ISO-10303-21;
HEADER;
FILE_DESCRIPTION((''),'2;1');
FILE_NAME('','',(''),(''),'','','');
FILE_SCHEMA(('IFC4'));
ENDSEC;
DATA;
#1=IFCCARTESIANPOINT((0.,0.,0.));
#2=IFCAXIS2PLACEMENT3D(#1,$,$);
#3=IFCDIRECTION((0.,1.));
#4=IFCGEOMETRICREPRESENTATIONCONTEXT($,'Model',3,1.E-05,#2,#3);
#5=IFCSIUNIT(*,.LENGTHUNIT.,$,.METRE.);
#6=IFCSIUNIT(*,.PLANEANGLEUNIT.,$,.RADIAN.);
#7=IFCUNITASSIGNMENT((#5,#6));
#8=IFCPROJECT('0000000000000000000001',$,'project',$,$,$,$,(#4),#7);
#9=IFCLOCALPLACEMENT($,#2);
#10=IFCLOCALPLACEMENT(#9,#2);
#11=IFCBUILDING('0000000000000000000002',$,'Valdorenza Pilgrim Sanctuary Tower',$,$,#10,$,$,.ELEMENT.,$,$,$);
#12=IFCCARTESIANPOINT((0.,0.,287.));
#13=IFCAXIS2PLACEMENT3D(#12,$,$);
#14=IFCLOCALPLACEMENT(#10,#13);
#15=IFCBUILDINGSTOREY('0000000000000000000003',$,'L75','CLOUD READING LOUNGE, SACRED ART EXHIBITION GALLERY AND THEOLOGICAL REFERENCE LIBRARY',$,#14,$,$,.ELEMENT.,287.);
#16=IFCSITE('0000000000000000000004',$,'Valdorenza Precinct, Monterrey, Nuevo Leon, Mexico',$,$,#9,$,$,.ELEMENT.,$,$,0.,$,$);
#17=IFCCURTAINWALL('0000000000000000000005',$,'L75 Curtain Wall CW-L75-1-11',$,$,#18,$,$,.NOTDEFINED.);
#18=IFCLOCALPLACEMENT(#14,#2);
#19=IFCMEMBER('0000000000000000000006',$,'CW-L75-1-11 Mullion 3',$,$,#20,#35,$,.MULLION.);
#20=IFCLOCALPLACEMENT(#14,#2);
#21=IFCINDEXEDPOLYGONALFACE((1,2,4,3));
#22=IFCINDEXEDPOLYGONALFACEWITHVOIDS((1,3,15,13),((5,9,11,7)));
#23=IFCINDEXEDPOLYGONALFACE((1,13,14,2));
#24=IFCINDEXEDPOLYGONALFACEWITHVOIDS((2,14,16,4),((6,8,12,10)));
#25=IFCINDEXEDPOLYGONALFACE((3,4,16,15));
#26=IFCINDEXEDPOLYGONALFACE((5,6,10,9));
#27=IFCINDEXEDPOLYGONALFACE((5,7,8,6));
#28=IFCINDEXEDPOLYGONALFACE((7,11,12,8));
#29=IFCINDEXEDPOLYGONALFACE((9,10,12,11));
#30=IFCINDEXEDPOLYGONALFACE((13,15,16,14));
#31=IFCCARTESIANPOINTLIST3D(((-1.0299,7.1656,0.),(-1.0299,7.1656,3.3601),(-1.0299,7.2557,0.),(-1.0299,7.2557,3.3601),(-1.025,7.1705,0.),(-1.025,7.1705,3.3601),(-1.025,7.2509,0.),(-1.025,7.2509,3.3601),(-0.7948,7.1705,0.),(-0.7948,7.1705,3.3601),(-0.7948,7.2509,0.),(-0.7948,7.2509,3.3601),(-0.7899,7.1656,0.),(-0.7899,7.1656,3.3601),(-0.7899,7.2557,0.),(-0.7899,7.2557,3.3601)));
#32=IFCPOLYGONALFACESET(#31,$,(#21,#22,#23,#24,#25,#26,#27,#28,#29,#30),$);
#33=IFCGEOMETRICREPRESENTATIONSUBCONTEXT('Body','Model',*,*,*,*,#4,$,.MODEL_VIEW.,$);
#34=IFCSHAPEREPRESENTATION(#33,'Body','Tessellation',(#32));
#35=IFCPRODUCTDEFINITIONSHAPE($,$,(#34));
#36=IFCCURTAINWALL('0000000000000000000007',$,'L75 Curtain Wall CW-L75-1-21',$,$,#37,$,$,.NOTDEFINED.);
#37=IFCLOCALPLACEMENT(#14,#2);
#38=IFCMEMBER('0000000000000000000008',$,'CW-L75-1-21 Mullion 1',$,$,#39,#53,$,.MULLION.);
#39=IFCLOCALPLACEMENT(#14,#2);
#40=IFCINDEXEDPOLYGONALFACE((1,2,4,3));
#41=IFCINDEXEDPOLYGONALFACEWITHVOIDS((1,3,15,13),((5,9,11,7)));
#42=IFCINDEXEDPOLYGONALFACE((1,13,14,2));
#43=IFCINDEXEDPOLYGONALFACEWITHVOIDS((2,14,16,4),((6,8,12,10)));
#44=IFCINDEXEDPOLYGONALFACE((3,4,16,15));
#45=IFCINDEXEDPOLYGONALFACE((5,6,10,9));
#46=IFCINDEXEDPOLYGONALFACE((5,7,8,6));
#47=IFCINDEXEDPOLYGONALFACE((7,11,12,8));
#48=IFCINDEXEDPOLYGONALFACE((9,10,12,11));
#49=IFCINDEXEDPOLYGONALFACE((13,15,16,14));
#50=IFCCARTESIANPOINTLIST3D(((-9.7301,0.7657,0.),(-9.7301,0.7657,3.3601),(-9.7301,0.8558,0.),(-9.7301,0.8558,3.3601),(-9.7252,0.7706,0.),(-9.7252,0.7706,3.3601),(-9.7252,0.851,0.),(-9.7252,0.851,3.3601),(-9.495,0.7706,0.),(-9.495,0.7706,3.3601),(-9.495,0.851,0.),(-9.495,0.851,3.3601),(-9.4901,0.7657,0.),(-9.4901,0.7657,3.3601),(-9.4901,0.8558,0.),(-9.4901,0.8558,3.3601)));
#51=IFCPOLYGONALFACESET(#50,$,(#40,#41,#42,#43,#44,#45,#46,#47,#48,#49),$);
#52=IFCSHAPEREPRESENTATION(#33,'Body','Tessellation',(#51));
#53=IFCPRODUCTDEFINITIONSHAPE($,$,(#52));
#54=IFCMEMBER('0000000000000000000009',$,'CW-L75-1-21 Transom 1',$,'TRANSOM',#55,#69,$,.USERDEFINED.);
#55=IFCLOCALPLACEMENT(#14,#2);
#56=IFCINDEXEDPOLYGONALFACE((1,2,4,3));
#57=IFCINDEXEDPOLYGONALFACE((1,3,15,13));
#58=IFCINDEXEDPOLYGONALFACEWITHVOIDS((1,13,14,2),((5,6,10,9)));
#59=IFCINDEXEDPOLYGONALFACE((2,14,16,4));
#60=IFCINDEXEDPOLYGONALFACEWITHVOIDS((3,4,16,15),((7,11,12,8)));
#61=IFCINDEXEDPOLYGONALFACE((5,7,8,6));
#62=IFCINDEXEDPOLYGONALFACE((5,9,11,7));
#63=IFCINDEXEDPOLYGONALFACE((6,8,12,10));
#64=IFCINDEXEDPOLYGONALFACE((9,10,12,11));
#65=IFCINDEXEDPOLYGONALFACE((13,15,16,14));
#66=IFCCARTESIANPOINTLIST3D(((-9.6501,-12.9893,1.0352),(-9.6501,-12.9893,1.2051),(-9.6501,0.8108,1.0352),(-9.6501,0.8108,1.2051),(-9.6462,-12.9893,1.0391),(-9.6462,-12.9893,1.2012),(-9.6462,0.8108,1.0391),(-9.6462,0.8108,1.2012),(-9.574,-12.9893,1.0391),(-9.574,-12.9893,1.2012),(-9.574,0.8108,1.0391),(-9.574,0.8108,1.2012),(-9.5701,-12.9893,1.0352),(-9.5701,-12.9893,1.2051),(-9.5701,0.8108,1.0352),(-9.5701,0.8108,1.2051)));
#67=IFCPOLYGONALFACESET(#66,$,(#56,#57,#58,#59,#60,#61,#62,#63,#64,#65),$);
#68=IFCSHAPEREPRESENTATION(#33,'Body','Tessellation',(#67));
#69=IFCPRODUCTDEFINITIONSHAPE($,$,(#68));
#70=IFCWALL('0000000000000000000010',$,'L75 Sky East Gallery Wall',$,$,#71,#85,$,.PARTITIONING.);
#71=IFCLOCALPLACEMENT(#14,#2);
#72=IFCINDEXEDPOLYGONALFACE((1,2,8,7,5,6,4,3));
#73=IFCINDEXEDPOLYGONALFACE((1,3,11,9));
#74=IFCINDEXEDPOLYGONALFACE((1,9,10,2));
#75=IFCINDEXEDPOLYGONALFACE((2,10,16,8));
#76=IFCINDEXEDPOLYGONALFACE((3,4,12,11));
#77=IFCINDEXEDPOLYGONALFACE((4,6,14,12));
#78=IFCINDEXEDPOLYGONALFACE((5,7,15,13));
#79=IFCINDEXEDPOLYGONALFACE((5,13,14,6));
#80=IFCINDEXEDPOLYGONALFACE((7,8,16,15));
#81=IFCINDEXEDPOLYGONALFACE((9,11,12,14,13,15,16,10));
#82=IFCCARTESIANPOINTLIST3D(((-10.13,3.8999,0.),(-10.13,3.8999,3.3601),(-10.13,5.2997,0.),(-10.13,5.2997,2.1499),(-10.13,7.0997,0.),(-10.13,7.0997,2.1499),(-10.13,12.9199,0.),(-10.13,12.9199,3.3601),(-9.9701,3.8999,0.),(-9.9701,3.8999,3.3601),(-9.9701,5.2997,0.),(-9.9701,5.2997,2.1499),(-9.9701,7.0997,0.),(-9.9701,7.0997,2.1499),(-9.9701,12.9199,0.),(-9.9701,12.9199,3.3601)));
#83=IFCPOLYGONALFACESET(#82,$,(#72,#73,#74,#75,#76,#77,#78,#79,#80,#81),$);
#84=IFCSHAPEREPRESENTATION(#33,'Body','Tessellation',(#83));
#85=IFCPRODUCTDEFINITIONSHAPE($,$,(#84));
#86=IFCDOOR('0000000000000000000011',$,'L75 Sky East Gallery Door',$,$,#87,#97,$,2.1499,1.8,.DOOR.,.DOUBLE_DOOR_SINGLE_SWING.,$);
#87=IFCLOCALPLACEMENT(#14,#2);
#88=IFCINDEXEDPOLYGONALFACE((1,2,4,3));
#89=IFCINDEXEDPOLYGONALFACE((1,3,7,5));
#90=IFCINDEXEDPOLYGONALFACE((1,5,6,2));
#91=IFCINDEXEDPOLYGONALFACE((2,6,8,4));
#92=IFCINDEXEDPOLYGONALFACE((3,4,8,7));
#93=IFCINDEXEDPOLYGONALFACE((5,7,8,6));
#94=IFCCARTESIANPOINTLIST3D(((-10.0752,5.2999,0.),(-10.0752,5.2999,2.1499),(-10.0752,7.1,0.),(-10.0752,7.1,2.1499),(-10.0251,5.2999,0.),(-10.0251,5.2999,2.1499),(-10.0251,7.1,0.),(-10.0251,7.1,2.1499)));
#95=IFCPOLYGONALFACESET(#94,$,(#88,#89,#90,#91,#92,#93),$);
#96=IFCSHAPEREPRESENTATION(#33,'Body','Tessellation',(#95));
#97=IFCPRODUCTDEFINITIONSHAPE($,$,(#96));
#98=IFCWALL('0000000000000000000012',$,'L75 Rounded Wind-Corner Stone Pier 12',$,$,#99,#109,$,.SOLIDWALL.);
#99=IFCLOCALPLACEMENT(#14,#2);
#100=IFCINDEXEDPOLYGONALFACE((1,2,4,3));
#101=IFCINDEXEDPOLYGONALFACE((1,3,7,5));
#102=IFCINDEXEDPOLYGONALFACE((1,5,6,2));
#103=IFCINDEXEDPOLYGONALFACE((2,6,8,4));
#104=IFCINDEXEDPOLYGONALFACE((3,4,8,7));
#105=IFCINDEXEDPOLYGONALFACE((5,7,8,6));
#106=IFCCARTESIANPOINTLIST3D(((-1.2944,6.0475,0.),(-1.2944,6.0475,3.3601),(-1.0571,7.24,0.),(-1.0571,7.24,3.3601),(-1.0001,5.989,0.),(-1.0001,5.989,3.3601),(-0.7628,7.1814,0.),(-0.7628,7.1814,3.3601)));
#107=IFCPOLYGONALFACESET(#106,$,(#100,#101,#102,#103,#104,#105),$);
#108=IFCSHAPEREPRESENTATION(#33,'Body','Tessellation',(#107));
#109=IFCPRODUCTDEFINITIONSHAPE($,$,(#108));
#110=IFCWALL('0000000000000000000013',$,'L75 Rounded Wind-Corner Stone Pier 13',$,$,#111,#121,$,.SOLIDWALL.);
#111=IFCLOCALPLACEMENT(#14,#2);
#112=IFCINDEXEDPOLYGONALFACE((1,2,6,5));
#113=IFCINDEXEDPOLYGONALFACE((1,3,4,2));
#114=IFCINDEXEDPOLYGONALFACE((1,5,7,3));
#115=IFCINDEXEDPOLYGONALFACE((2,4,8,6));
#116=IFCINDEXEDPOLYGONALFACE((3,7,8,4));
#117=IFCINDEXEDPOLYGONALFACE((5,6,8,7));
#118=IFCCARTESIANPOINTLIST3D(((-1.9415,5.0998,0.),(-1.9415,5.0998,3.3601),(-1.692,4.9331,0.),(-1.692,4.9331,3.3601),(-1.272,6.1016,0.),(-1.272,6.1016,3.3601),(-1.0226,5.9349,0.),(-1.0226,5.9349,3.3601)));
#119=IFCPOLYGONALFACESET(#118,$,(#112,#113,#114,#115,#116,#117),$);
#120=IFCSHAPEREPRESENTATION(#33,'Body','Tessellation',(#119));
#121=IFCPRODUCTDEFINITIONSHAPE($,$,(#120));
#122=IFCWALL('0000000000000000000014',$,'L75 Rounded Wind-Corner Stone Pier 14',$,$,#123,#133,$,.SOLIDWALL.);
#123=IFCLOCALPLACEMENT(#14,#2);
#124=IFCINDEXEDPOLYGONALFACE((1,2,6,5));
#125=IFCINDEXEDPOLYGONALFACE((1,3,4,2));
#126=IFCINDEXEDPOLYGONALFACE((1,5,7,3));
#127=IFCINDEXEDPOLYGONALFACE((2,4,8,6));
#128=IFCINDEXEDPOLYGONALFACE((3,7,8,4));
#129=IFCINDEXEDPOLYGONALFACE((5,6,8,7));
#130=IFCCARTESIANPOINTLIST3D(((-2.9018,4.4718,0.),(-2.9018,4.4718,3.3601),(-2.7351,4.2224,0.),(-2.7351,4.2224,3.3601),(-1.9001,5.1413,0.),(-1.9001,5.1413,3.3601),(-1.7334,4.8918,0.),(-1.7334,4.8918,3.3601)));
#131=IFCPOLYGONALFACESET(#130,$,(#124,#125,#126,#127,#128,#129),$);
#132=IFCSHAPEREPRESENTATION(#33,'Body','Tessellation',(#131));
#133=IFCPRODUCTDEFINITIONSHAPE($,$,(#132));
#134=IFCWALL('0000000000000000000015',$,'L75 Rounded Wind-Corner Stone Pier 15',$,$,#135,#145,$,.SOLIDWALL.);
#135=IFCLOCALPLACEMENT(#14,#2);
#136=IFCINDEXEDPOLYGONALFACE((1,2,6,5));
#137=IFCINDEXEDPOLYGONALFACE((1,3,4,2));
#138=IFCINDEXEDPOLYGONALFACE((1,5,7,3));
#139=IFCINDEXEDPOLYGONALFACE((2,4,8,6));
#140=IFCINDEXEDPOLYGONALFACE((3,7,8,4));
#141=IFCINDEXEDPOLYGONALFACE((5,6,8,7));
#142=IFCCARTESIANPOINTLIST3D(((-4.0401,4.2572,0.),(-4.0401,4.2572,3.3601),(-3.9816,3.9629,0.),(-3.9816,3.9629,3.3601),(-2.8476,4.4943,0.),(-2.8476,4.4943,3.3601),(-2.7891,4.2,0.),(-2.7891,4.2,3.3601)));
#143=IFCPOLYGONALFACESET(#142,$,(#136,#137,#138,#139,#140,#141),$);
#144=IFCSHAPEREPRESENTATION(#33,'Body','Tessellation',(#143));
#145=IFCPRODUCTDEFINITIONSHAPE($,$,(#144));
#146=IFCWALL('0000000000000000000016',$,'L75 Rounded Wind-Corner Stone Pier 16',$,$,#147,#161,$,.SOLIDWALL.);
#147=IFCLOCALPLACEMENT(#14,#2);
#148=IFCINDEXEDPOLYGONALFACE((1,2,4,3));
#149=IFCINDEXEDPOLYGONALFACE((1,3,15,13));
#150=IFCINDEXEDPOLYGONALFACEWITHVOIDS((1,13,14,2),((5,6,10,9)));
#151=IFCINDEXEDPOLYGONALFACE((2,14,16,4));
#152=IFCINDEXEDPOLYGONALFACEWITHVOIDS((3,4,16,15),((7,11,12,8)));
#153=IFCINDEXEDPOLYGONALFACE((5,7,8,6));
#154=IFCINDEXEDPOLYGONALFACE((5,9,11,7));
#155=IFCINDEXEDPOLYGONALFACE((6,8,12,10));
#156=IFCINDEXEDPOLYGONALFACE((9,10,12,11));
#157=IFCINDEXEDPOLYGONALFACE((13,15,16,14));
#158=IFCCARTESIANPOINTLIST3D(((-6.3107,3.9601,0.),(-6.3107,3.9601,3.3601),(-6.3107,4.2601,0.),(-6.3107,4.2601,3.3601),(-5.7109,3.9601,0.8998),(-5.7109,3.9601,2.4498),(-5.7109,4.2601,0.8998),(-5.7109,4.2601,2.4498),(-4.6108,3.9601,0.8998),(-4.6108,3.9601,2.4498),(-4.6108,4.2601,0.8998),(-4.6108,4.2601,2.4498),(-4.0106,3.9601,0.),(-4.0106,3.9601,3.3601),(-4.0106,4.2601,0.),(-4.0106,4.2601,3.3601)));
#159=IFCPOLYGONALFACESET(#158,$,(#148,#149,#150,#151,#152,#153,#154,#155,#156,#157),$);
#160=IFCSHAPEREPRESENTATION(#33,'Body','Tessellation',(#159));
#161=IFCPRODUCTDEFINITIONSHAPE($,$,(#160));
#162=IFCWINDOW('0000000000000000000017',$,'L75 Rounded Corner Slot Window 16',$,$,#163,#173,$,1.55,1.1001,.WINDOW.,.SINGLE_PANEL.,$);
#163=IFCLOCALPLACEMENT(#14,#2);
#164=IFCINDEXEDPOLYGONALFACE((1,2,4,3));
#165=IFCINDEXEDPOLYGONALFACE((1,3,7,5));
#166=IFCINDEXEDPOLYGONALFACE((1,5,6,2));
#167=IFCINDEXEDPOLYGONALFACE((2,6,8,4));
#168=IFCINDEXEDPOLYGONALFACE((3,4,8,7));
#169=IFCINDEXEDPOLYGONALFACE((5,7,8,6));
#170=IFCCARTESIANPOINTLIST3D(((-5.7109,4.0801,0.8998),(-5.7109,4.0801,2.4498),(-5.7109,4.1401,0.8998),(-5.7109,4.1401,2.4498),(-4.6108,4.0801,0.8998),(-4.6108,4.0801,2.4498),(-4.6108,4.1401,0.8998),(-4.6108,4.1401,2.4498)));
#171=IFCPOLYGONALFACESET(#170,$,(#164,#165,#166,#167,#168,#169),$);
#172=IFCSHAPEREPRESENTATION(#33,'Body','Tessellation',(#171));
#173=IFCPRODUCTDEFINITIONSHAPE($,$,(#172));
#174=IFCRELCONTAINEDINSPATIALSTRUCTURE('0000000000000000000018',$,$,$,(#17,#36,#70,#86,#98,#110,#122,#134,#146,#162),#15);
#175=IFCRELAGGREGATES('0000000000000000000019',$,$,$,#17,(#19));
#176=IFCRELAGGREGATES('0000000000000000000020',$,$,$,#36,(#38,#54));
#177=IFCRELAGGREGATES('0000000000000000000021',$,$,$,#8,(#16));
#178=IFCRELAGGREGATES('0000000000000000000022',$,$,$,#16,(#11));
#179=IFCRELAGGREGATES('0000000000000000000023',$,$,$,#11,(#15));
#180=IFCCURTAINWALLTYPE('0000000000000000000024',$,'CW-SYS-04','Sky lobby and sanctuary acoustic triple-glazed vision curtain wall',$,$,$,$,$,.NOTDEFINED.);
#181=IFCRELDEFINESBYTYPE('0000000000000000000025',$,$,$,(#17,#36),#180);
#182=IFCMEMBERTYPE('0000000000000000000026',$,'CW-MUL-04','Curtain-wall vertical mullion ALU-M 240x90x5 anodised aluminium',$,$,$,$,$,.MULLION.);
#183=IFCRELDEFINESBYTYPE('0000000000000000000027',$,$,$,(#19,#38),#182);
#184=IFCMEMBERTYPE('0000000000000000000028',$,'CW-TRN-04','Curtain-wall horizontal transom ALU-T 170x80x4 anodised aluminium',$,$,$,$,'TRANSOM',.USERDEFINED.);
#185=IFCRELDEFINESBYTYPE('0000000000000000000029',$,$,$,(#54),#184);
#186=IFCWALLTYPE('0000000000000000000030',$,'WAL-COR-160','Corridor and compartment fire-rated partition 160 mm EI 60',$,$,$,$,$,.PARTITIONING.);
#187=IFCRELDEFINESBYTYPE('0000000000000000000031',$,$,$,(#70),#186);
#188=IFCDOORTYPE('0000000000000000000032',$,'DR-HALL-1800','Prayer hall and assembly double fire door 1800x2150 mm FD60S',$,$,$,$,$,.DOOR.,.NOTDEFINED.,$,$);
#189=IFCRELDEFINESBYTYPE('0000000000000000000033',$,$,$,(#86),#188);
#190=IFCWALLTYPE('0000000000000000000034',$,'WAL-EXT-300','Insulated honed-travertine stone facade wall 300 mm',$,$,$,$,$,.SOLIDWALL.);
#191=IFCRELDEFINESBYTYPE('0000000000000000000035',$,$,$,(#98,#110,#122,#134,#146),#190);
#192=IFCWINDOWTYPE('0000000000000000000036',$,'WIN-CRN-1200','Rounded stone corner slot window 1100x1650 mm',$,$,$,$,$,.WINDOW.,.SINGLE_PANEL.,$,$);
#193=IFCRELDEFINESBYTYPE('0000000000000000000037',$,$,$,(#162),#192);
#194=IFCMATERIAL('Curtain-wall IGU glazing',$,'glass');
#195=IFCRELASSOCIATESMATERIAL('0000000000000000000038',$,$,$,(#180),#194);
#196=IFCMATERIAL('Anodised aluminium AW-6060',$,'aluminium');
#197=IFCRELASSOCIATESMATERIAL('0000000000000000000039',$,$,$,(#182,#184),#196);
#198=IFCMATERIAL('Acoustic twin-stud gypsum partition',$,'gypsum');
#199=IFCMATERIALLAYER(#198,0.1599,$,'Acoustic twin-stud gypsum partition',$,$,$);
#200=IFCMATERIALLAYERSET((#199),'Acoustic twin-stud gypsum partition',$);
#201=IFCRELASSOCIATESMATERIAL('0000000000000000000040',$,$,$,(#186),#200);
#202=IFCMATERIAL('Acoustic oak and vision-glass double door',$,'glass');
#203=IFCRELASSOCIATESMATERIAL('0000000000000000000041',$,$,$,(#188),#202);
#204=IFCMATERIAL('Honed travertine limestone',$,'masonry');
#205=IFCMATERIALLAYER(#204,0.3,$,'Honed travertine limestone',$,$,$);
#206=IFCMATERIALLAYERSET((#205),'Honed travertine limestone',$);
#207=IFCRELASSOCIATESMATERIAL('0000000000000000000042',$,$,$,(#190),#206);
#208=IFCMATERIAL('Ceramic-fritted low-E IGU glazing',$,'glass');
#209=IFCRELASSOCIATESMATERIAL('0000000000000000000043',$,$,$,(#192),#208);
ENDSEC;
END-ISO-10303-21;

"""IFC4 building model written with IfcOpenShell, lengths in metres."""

from ifc_helpers import new_model, si_unit, direction, frame, frame_2d, origin, origin_2d, place, context, subcontext, project, spatial, rectangle, hollow_rectangle, extrude, source, transform, mapped, material, layer, layer_set, material_profile, profile_set, type_object, element, fill, aggregate, save


model = new_model("IFC4")

# Units and contexts
model_context = context("Model", 3, precision=1e-05, world=origin(), true_north=direction((0.0, 1.0)))
body_context = subcontext(model_context, "Body", "Model", "MODEL_VIEW")
ifc_project = project(units=[si_unit("LENGTHUNIT", "METRE"), si_unit("PLANEANGLEUNIT", "RADIAN")], contexts=[model_context])

# Site, building, storey
site_placement = place(None, origin())
site = spatial("IfcSite", under=ifc_project, at=site_placement, Name="Valdorenza Precinct, Monterrey, Nuevo Leon, Mexico", CompositionType="ELEMENT", RefElevation=0.0)
building_placement = place(site_placement, origin())
building = spatial("IfcBuilding", under=site, at=building_placement, Name="Valdorenza Pilgrim Sanctuary Tower", CompositionType="ELEMENT")
storey_placement = place(building_placement, frame((0.0, 0.0, 287.0)))
storey = spatial("IfcBuildingStorey", under=building, at=storey_placement, Name="L75", Description="CLOUD READING LOUNGE, SACRED ART EXHIBITION GALLERY AND THEOLOGICAL REFERENCE LIBRARY", CompositionType="ELEMENT", Elevation=287.0)

# Curtain wall, member
ifc_material_1 = material(Name="Curtain-wall IGU glazing", Category="glass")
curtain_wall_type = type_object("IfcCurtainWallType", Name="CW-SYS-04", Description="Sky lobby and sanctuary acoustic triple-glazed vision curtain wall", PredefinedType="NOTDEFINED", material=ifc_material_1)
curtain_wall_1_placement = place(storey_placement, origin())
curtain_wall_1 = element("IfcCurtainWall", 1, at=curtain_wall_1_placement, inside=storey, type_object=curtain_wall_type, Name="L75 Curtain Wall CW-L75-1-11", PredefinedType="NOTDEFINED")
ifc_material_2 = material(Name="Anodised aluminium AW-6060", Category="aluminium")
ifc_material_profile_1 = material_profile(ifc_material_2, hollow_rectangle(XDim=0.0901, YDim=0.24, WallThickness=0.0049, at=origin_2d()), Name="ALU-M 240x90x5")
ifc_profile_set_1 = profile_set([ifc_material_profile_1], Name="Anodised aluminium AW-6060")
member_type_1 = type_object("IfcMemberType", Name="CW-MUL-04", Description="Curtain-wall vertical mullion ALU-M 240x90x5 anodised aluminium", PredefinedType="MULLION", material=ifc_profile_set_1)
shared_shape_1 = source(origin(), body_context, "Body", "SweptSolid", [
    extrude(hollow_rectangle(XDim=0.0901, YDim=0.24, WallThickness=0.0049, at=origin_2d()), origin(), (0.0, 0.0, 1.0), 3.3601),
])
member_1_placement = place(storey_placement, frame((-0.9099, 7.2107, 0.0), z_axis=(0.0, 0.0, 1.0), x_axis=(0.0, -1.0, 0.0)))
member_1 = element("IfcMember", 2, at=member_1_placement, type_object=member_type_1, Name="CW-L75-1-11 Mullion 3", PredefinedType="MULLION", context=body_context, shape_type="MappedRepresentation", body=[
    mapped(shared_shape_1, transform((0.0, 0.0, 0.0), x_axis=(1.0, 0.0, 0.0), y_axis=(0.0, 1.0, 0.0), z_axis=(0.0, 0.0, 1.0), scale=1.0)),
])
aggregate(curtain_wall_1, [member_1])

# Curtain wall, members
curtain_wall_2_placement = place(storey_placement, origin())
curtain_wall_2 = element("IfcCurtainWall", 3, at=curtain_wall_2_placement, inside=storey, type_object=curtain_wall_type, Name="L75 Curtain Wall CW-L75-1-21", PredefinedType="NOTDEFINED")
member_2_placement = place(storey_placement, frame((-9.6101, 0.8108, 0.0), z_axis=(0.0, 0.0, 1.0), x_axis=(0.0, -1.0, 0.0)))
member_2 = element("IfcMember", 4, at=member_2_placement, type_object=member_type_1, Name="CW-L75-1-21 Mullion 1", PredefinedType="MULLION", context=body_context, shape_type="MappedRepresentation", body=[
    mapped(shared_shape_1, transform((0.0, 0.0, 0.0), x_axis=(1.0, 0.0, 0.0), y_axis=(0.0, 1.0, 0.0), z_axis=(0.0, 0.0, 1.0), scale=1.0)),
])
ifc_material_profile_2 = material_profile(ifc_material_2, hollow_rectangle(XDim=0.0801, YDim=0.1699, WallThickness=0.0039, at=origin_2d()), Name="ALU-T 170x80x4")
ifc_profile_set_2 = profile_set([ifc_material_profile_2], Name="Anodised aluminium AW-6060")
member_type_2 = type_object("IfcMemberType", Name="CW-TRN-04", Description="Curtain-wall horizontal transom ALU-T 170x80x4 anodised aluminium", ElementType="TRANSOM", PredefinedType="USERDEFINED", material=ifc_profile_set_2)
shared_shape_2 = source(origin(), body_context, "Body", "SweptSolid", [
    extrude(hollow_rectangle(XDim=0.0801, YDim=0.1699, WallThickness=0.0039, at=origin_2d()), origin(), (0.0, 0.0, 1.0), 13.8),
])
member_3_placement = place(storey_placement, frame((-9.6101, 0.8108, 1.1201), z_axis=(0.0, -1.0, 0.0), x_axis=(1.0, 0.0, 0.0)))
member_3 = element("IfcMember", 5, at=member_3_placement, type_object=member_type_2, Name="CW-L75-1-21 Transom 1", ObjectType="TRANSOM", PredefinedType="USERDEFINED", context=body_context, shape_type="MappedRepresentation", body=[
    mapped(shared_shape_2, transform((0.0, 0.0, 0.0), x_axis=(1.0, 0.0, 0.0), y_axis=(0.0, 1.0, 0.0), z_axis=(0.0, 0.0, 1.0), scale=1.0)),
])
aggregate(curtain_wall_2, [member_2, member_3])

# Wall, opening, door
ifc_material_3 = material(Name="Acoustic twin-stud gypsum partition", Category="gypsum")
ifc_layer_1 = layer(ifc_material_3, 0.1599, Name="Acoustic twin-stud gypsum partition")
ifc_layer_set_1 = layer_set([ifc_layer_1], Name="Acoustic twin-stud gypsum partition")
wall_type_1 = type_object("IfcWallType", Name="WAL-COR-160", Description="Corridor and compartment fire-rated partition 160 mm EI 60", PredefinedType="PARTITIONING", material=ifc_layer_set_1)
wall_1_placement = place(storey_placement, frame((-10.05, 3.8999, 0.0), z_axis=(0.0, 0.0, 1.0), x_axis=(0.0, 1.0, 0.0)))
wall_1 = element("IfcWall", 6, at=wall_1_placement, inside=storey, type_object=wall_type_1, Name="L75 Sky East Gallery Wall", PredefinedType="PARTITIONING", context=body_context, shape_type="SweptSolid", body=[
    extrude(rectangle(XDim=9.02, YDim=0.1599, at=frame_2d((4.51, 0.0))), origin(), (0.0, 0.0, 1.0), 3.3601),
])
opening_1_placement = place(wall_1_placement, frame((1.3999, 0.0, 0.0)))
opening_1 = element("IfcOpeningElement", 7, at=opening_1_placement, cuts=wall_1, PredefinedType="OPENING", context=body_context, shape_type="SweptSolid", body=[
    extrude(rectangle(XDim=1.8, YDim=2.1499, at=frame_2d((0.8999, 1.075))), frame((0.0, 0.0947, 0.0), z_axis=(0.0, -1.0, 0.0), x_axis=(1.0, 0.0, 0.0)), (0.0, 0.0, 1.0), 0.1897),
])
ifc_material_4 = material(Name="Acoustic oak and vision-glass double door", Category="glass")
door_type = type_object("IfcDoorType", Name="DR-HALL-1800", Description="Prayer hall and assembly double fire door 1800x2150 mm FD60S", OperationType="NOTDEFINED", PredefinedType="DOOR", material=ifc_material_4)
door_placement = place(opening_1_placement, frame((1.8, 0.0, 0.0), z_axis=(0.0, 0.0, 1.0), x_axis=(-1.0, 0.0, 0.0)))
door = element("IfcDoor", 8, at=door_placement, inside=storey, type_object=door_type, Name="L75 Sky East Gallery Door", OperationType="DOUBLE_DOOR_SINGLE_SWING", OverallHeight=2.1499, OverallWidth=1.8, PredefinedType="DOOR", context=body_context, shape_type="SweptSolid", body=[
    extrude(rectangle(XDim=1.8, YDim=2.1499, at=frame_2d((0.8999, 1.075))), frame((0.0, 0.0249, 0.0), z_axis=(0.0, -1.0, 0.0), x_axis=(1.0, 0.0, 0.0)), (0.0, 0.0, 1.0), 0.05),
])
fill(opening_1, door)

# Walls
ifc_material_5 = material(Name="Honed travertine limestone", Category="masonry")
ifc_layer_2 = layer(ifc_material_5, 0.3, Name="Honed travertine limestone")
ifc_layer_set_2 = layer_set([ifc_layer_2], Name="Honed travertine limestone")
wall_type_2 = type_object("IfcWallType", Name="WAL-EXT-300", Description="Insulated honed-travertine stone facade wall 300 mm", PredefinedType="SOLIDWALL", material=ifc_layer_set_2)
wall_2_placement = place(storey_placement, frame((-0.9099, 7.2107, 0.0), z_axis=(0.0, 0.0, 1.0), x_axis=(-0.195189, -0.980766, 0.0)))
element("IfcWall", 9, at=wall_2_placement, inside=storey, type_object=wall_type_2, Name="L75 Rounded Wind-Corner Stone Pier 12", PredefinedType="SOLIDWALL", context=body_context, shape_type="SweptSolid", body=[
    extrude(rectangle(XDim=1.2158, YDim=0.3, at=frame_2d((0.6079, 0.0))), origin(), (0.0, 0.0, 1.0), 3.3601),
])
for number, where, z_axis, x_axis, name in (
    (10, (-1.1472, 6.0183, 0.0), (0.0, 0.0, 1.0), (-0.555635, -0.831426, 0.0), "L75 Rounded Wind-Corner Stone Pier 13"),
    (11, (-1.8167, 5.0166, 0.0), (0.0, 0.0, 1.0), (-0.831426, -0.555635, 0.0), "L75 Rounded Wind-Corner Stone Pier 14"),
):
    element("IfcWall", number, at=place(storey_placement, frame(where, z_axis=z_axis, x_axis=x_axis)), inside=storey, type_object=wall_type_2, Name=name, PredefinedType="SOLIDWALL", context=body_context, shape_type="SweptSolid", body=[
        extrude(rectangle(XDim=1.2048, YDim=0.3, at=frame_2d((0.6025, 0.0))), origin(), (0.0, 0.0, 1.0), 3.3601),
    ])
wall_3_placement = place(storey_placement, frame((-2.8184, 4.3472, 0.0), z_axis=(0.0, 0.0, 1.0), x_axis=(-0.980804, -0.194996, 0.0)))
element("IfcWall", 12, at=wall_3_placement, inside=storey, type_object=wall_type_2, Name="L75 Rounded Wind-Corner Stone Pier 15", PredefinedType="SOLIDWALL", context=body_context, shape_type="SweptSolid", body=[
    extrude(rectangle(XDim=1.2158, YDim=0.3, at=frame_2d((0.6079, 0.0))), origin(), (0.0, 0.0, 1.0), 3.3601),
])

# Wall, opening, window
wall_4_placement = place(storey_placement, frame((-4.0107, 4.1101, 0.0), z_axis=(0.0, 0.0, 1.0), x_axis=(-1.0, 0.0, 0.0)))
wall_4 = element("IfcWall", 13, at=wall_4_placement, inside=storey, type_object=wall_type_2, Name="L75 Rounded Wind-Corner Stone Pier 16", PredefinedType="SOLIDWALL", context=body_context, shape_type="SweptSolid", body=[
    extrude(rectangle(XDim=2.3, YDim=0.3, at=frame_2d((1.1499, 0.0))), origin(), (0.0, 0.0, 1.0), 3.3601),
])
opening_2_placement = place(wall_4_placement, frame((0.6001, 0.0, 0.8999)))
opening_2 = element("IfcOpeningElement", 14, at=opening_2_placement, cuts=wall_4, PredefinedType="OPENING", context=body_context, shape_type="SweptSolid", body=[
    extrude(rectangle(XDim=1.1001, YDim=1.55, at=frame_2d((0.55, 0.7749))), frame((0.0, 0.165, 0.0), z_axis=(0.0, -1.0, 0.0), x_axis=(1.0, 0.0, 0.0)), (0.0, 0.0, 1.0), 0.3298),
])
ifc_material_6 = material(Name="Ceramic-fritted low-E IGU glazing", Category="glass")
window_type = type_object("IfcWindowType", Name="WIN-CRN-1200", Description="Rounded stone corner slot window 1100x1650 mm", PartitioningType="SINGLE_PANEL", PredefinedType="WINDOW", material=ifc_material_6)
window_placement = place(opening_2_placement, origin())
window = element("IfcWindow", 15, at=window_placement, inside=storey, type_object=window_type, Name="L75 Rounded Corner Slot Window 16", OverallHeight=1.55, OverallWidth=1.1001, PartitioningType="SINGLE_PANEL", PredefinedType="WINDOW", context=body_context, shape_type="SweptSolid", body=[
    extrude(rectangle(XDim=1.1001, YDim=1.55, at=frame_2d((0.55, 0.7749))), frame((0.0, 0.03, 0.0), z_axis=(0.0, -1.0, 0.0), x_axis=(1.0, 0.0, 0.0)), (0.0, 0.0, 1.0), 0.0601),
])
fill(opening_2, window)

save(model, "model.ifc")
